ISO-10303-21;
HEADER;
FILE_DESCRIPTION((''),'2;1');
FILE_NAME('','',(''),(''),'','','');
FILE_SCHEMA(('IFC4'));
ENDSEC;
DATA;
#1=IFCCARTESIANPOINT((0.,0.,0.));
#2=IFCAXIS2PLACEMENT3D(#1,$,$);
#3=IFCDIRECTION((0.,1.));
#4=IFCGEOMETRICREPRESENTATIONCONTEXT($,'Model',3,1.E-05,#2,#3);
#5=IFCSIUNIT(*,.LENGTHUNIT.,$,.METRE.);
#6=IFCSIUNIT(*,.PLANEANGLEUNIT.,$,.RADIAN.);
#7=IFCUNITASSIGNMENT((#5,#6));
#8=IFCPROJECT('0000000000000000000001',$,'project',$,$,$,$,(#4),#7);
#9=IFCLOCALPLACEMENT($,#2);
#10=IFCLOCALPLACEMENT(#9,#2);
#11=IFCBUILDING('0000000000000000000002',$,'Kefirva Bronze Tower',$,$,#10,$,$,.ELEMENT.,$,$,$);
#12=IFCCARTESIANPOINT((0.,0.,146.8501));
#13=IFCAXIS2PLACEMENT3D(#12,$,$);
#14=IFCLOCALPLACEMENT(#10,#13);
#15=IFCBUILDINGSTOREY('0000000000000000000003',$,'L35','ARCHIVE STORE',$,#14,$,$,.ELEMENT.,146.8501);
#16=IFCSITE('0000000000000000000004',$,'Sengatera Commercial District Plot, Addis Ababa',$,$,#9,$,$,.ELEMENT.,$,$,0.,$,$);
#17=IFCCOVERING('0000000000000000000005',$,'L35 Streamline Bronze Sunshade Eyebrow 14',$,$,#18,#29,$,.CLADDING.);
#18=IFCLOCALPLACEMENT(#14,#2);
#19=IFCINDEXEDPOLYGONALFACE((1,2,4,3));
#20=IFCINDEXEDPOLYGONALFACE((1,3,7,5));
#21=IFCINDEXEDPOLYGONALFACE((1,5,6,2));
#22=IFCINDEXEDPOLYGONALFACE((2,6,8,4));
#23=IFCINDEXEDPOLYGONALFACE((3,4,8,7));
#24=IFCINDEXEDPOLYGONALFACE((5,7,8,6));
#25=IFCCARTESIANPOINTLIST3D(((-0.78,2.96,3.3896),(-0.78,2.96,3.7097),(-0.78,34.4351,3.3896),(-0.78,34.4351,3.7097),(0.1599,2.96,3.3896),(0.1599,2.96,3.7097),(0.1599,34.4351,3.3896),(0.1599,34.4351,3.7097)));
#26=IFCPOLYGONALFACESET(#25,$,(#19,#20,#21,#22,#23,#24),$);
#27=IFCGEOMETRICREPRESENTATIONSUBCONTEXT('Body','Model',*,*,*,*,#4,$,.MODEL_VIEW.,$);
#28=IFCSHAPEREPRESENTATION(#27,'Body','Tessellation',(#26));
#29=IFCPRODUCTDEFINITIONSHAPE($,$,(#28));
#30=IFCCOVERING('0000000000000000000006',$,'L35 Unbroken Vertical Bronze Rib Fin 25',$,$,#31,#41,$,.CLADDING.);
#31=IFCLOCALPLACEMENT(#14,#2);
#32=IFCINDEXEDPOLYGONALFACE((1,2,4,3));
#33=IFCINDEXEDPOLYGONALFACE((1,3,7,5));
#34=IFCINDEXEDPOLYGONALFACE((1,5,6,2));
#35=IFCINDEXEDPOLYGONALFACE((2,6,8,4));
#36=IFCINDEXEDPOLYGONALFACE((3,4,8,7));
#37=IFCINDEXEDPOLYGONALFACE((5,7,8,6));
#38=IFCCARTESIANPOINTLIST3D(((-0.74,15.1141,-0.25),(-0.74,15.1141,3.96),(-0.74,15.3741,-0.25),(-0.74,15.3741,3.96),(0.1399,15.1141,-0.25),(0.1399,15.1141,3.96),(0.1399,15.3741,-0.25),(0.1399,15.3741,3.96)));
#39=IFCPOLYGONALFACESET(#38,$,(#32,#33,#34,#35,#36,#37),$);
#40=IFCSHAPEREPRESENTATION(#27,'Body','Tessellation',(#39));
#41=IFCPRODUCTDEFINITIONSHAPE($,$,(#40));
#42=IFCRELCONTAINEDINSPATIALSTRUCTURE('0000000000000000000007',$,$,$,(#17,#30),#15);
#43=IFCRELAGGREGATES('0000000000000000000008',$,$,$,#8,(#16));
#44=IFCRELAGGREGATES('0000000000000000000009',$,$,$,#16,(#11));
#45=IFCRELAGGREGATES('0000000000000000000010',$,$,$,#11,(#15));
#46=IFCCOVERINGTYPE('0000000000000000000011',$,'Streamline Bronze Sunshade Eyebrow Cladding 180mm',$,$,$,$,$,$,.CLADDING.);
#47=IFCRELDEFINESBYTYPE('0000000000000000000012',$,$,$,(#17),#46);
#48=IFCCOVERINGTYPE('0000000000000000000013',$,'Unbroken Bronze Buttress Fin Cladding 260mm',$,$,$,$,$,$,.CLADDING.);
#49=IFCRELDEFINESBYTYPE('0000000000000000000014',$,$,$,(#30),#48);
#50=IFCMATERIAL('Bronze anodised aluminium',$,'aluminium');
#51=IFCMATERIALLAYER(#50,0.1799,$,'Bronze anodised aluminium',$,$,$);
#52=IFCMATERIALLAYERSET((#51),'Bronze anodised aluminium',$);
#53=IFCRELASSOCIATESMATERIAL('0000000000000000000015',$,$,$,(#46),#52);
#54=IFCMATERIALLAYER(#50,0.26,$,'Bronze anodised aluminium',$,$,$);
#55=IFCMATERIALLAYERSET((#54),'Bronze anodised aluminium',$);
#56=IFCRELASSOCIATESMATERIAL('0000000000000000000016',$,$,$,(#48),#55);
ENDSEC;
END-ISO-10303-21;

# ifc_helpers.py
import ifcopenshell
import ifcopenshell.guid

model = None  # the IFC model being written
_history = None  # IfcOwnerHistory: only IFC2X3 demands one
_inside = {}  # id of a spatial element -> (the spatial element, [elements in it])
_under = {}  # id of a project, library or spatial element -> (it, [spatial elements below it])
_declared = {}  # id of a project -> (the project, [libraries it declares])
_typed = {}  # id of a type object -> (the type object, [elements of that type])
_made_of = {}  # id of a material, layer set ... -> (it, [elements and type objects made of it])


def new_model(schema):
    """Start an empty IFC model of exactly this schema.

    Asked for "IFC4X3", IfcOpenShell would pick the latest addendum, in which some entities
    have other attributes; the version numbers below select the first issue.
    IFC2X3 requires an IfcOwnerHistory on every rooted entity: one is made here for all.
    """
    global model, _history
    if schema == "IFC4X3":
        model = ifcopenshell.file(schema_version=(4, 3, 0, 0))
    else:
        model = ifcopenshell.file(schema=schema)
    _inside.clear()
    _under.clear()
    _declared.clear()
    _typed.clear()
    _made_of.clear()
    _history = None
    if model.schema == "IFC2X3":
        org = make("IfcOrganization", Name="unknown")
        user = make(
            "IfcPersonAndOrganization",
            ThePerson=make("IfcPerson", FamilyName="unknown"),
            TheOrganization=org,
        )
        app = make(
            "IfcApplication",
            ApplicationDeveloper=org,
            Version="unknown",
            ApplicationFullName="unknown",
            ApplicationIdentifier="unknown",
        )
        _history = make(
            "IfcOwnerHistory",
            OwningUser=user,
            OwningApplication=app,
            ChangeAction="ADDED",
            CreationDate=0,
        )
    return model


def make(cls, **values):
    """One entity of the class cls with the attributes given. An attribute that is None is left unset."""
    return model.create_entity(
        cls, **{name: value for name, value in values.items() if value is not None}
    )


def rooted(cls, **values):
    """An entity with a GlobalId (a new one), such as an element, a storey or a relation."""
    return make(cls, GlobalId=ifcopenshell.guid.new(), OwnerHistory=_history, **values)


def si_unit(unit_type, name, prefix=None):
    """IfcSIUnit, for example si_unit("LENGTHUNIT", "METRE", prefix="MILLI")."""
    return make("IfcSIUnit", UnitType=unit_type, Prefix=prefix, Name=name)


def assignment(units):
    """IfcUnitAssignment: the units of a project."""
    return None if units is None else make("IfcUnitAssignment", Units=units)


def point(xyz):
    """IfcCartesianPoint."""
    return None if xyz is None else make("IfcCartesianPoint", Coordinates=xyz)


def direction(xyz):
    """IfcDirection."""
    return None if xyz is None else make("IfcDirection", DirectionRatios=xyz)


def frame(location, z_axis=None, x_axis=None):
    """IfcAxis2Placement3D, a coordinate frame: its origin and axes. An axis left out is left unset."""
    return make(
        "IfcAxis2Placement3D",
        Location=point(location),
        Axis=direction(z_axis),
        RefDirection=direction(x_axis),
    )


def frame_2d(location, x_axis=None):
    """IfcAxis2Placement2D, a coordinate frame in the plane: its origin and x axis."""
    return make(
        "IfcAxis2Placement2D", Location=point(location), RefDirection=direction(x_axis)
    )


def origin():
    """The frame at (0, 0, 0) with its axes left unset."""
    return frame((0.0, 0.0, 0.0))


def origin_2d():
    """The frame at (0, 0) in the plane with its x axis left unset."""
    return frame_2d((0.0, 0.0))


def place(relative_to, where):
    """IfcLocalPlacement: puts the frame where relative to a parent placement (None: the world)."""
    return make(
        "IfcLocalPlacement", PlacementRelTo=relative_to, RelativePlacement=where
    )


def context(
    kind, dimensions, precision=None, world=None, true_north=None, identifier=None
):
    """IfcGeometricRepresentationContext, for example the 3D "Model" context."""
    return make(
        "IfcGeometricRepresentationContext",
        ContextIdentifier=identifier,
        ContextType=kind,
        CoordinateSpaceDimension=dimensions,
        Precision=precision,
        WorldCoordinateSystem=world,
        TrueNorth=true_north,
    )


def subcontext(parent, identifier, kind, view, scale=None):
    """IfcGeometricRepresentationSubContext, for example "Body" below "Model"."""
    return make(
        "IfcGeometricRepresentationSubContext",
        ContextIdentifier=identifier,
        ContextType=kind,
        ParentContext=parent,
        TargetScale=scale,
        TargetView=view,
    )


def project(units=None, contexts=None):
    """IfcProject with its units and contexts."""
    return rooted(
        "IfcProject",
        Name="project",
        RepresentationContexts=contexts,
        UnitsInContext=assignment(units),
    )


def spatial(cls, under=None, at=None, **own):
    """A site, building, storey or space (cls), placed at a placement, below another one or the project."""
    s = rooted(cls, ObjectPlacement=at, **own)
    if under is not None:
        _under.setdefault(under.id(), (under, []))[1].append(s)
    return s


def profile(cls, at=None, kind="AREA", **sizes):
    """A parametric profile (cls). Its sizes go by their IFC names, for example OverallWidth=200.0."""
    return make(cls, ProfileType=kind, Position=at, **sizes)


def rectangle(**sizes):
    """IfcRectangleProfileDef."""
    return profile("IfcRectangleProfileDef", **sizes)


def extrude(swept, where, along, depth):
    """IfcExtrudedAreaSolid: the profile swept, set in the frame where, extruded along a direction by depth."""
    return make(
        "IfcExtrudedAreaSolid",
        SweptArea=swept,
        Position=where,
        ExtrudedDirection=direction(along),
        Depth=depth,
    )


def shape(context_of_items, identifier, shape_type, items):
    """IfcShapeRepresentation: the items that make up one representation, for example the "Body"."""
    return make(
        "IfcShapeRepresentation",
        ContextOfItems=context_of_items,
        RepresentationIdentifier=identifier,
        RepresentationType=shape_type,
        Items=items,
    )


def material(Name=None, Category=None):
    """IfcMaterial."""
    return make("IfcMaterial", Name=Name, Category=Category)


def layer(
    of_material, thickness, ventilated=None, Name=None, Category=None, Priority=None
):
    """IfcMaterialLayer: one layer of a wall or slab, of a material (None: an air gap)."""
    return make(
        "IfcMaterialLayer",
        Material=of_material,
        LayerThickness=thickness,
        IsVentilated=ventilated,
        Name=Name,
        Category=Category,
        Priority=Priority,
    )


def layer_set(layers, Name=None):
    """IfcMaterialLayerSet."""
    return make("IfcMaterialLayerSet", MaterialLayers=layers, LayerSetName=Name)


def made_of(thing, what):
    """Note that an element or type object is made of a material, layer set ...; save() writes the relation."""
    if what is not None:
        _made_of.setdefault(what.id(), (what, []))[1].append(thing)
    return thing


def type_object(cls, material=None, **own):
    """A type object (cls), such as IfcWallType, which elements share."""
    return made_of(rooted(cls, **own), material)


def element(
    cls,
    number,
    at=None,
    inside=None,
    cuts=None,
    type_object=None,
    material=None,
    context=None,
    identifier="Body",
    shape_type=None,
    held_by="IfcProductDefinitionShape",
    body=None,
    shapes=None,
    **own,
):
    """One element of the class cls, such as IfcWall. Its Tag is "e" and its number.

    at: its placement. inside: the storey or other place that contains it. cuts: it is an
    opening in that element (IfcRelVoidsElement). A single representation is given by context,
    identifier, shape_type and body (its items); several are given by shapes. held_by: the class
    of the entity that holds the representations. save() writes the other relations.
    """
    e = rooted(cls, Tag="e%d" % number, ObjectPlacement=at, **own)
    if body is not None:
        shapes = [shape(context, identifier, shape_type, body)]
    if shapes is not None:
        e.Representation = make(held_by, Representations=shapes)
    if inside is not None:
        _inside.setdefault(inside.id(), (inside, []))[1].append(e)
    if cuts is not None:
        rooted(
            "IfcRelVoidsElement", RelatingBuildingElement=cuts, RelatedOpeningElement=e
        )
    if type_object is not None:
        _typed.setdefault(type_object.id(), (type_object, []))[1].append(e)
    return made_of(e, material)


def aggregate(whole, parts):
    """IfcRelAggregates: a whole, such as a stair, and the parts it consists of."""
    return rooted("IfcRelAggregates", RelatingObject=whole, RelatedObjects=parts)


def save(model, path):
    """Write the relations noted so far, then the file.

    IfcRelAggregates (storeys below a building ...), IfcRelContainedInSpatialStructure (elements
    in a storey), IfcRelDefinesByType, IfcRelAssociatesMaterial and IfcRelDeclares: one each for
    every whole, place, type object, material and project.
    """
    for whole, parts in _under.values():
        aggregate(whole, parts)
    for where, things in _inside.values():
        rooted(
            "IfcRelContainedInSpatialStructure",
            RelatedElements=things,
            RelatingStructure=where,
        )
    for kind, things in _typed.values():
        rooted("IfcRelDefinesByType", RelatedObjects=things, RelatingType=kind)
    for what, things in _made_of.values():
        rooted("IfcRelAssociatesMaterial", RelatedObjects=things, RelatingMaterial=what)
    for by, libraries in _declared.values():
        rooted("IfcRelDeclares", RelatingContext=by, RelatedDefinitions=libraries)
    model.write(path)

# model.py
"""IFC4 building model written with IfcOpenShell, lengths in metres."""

from ifc_helpers import new_model, si_unit, direction, frame, origin, origin_2d, place, context, subcontext, project, spatial, rectangle, extrude, material, layer, layer_set, type_object, element, save


model = new_model("IFC4")

# Units and contexts
model_context = context("Model", 3, precision=1e-05, world=origin(), true_north=direction((0.0, 1.0)))
body_context = subcontext(model_context, "Body", "Model", "MODEL_VIEW")
ifc_project = project(units=[si_unit("LENGTHUNIT", "METRE"), si_unit("PLANEANGLEUNIT", "RADIAN")], contexts=[model_context])

# Site, building, storey
site_placement = place(None, origin())
site = spatial("IfcSite", under=ifc_project, at=site_placement, Name="Sengatera Commercial District Plot, Addis Ababa", CompositionType="ELEMENT", RefElevation=0.0)
building_placement = place(site_placement, origin())
building = spatial("IfcBuilding", under=site, at=building_placement, Name="Kefirva Bronze Tower", CompositionType="ELEMENT")
storey_placement = place(building_placement, frame((0.0, 0.0, 146.8501)))
storey = spatial("IfcBuildingStorey", under=building, at=storey_placement, Name="L35", Description="ARCHIVE STORE", CompositionType="ELEMENT", Elevation=146.8501)

# Shared definitions
ifc_material_1 = material(Name="Bronze anodised aluminium", Category="aluminium")

# Coverings
ifc_layer_1 = layer(ifc_material_1, 0.1799, Name="Bronze anodised aluminium")
ifc_layer_set_1 = layer_set([ifc_layer_1], Name="Bronze anodised aluminium")
covering_type_1 = type_object("IfcCoveringType", Name="Streamline Bronze Sunshade Eyebrow Cladding 180mm", PredefinedType="CLADDING", material=ifc_layer_set_1)
covering_1_placement = place(storey_placement, frame((-0.3101, 18.6975, 3.3896), z_axis=(0.0, 0.0, 1.0), x_axis=(0.0, -1.0, 0.0)))
element("IfcCovering", 1, at=covering_1_placement, inside=storey, type_object=covering_type_1, Name="L35 Streamline Bronze Sunshade Eyebrow 14", PredefinedType="CLADDING", context=body_context, shape_type="SweptSolid", body=[
    extrude(rectangle(XDim=31.4751, YDim=0.9399, at=origin_2d()), origin(), (0.0, 0.0, 1.0), 0.3201),
])
ifc_layer_2 = layer(ifc_material_1, 0.26, Name="Bronze anodised aluminium")
ifc_layer_set_2 = layer_set([ifc_layer_2], Name="Bronze anodised aluminium")
covering_type_2 = type_object("IfcCoveringType", Name="Unbroken Bronze Buttress Fin Cladding 260mm", PredefinedType="CLADDING", material=ifc_layer_set_2)
covering_2_placement = place(storey_placement, frame((-0.3, 15.2441, -0.25), z_axis=(0.0, 0.0, 1.0), x_axis=(0.0, -1.0, 0.0)))
element("IfcCovering", 2, at=covering_2_placement, inside=storey, type_object=covering_type_2, Name="L35 Unbroken Vertical Bronze Rib Fin 25", PredefinedType="CLADDING", context=body_context, shape_type="SweptSolid", body=[
    extrude(rectangle(XDim=0.26, YDim=0.8799, at=origin_2d()), origin(), (0.0, 0.0, 1.0), 4.21),
])

save(model, "model.ifc")
